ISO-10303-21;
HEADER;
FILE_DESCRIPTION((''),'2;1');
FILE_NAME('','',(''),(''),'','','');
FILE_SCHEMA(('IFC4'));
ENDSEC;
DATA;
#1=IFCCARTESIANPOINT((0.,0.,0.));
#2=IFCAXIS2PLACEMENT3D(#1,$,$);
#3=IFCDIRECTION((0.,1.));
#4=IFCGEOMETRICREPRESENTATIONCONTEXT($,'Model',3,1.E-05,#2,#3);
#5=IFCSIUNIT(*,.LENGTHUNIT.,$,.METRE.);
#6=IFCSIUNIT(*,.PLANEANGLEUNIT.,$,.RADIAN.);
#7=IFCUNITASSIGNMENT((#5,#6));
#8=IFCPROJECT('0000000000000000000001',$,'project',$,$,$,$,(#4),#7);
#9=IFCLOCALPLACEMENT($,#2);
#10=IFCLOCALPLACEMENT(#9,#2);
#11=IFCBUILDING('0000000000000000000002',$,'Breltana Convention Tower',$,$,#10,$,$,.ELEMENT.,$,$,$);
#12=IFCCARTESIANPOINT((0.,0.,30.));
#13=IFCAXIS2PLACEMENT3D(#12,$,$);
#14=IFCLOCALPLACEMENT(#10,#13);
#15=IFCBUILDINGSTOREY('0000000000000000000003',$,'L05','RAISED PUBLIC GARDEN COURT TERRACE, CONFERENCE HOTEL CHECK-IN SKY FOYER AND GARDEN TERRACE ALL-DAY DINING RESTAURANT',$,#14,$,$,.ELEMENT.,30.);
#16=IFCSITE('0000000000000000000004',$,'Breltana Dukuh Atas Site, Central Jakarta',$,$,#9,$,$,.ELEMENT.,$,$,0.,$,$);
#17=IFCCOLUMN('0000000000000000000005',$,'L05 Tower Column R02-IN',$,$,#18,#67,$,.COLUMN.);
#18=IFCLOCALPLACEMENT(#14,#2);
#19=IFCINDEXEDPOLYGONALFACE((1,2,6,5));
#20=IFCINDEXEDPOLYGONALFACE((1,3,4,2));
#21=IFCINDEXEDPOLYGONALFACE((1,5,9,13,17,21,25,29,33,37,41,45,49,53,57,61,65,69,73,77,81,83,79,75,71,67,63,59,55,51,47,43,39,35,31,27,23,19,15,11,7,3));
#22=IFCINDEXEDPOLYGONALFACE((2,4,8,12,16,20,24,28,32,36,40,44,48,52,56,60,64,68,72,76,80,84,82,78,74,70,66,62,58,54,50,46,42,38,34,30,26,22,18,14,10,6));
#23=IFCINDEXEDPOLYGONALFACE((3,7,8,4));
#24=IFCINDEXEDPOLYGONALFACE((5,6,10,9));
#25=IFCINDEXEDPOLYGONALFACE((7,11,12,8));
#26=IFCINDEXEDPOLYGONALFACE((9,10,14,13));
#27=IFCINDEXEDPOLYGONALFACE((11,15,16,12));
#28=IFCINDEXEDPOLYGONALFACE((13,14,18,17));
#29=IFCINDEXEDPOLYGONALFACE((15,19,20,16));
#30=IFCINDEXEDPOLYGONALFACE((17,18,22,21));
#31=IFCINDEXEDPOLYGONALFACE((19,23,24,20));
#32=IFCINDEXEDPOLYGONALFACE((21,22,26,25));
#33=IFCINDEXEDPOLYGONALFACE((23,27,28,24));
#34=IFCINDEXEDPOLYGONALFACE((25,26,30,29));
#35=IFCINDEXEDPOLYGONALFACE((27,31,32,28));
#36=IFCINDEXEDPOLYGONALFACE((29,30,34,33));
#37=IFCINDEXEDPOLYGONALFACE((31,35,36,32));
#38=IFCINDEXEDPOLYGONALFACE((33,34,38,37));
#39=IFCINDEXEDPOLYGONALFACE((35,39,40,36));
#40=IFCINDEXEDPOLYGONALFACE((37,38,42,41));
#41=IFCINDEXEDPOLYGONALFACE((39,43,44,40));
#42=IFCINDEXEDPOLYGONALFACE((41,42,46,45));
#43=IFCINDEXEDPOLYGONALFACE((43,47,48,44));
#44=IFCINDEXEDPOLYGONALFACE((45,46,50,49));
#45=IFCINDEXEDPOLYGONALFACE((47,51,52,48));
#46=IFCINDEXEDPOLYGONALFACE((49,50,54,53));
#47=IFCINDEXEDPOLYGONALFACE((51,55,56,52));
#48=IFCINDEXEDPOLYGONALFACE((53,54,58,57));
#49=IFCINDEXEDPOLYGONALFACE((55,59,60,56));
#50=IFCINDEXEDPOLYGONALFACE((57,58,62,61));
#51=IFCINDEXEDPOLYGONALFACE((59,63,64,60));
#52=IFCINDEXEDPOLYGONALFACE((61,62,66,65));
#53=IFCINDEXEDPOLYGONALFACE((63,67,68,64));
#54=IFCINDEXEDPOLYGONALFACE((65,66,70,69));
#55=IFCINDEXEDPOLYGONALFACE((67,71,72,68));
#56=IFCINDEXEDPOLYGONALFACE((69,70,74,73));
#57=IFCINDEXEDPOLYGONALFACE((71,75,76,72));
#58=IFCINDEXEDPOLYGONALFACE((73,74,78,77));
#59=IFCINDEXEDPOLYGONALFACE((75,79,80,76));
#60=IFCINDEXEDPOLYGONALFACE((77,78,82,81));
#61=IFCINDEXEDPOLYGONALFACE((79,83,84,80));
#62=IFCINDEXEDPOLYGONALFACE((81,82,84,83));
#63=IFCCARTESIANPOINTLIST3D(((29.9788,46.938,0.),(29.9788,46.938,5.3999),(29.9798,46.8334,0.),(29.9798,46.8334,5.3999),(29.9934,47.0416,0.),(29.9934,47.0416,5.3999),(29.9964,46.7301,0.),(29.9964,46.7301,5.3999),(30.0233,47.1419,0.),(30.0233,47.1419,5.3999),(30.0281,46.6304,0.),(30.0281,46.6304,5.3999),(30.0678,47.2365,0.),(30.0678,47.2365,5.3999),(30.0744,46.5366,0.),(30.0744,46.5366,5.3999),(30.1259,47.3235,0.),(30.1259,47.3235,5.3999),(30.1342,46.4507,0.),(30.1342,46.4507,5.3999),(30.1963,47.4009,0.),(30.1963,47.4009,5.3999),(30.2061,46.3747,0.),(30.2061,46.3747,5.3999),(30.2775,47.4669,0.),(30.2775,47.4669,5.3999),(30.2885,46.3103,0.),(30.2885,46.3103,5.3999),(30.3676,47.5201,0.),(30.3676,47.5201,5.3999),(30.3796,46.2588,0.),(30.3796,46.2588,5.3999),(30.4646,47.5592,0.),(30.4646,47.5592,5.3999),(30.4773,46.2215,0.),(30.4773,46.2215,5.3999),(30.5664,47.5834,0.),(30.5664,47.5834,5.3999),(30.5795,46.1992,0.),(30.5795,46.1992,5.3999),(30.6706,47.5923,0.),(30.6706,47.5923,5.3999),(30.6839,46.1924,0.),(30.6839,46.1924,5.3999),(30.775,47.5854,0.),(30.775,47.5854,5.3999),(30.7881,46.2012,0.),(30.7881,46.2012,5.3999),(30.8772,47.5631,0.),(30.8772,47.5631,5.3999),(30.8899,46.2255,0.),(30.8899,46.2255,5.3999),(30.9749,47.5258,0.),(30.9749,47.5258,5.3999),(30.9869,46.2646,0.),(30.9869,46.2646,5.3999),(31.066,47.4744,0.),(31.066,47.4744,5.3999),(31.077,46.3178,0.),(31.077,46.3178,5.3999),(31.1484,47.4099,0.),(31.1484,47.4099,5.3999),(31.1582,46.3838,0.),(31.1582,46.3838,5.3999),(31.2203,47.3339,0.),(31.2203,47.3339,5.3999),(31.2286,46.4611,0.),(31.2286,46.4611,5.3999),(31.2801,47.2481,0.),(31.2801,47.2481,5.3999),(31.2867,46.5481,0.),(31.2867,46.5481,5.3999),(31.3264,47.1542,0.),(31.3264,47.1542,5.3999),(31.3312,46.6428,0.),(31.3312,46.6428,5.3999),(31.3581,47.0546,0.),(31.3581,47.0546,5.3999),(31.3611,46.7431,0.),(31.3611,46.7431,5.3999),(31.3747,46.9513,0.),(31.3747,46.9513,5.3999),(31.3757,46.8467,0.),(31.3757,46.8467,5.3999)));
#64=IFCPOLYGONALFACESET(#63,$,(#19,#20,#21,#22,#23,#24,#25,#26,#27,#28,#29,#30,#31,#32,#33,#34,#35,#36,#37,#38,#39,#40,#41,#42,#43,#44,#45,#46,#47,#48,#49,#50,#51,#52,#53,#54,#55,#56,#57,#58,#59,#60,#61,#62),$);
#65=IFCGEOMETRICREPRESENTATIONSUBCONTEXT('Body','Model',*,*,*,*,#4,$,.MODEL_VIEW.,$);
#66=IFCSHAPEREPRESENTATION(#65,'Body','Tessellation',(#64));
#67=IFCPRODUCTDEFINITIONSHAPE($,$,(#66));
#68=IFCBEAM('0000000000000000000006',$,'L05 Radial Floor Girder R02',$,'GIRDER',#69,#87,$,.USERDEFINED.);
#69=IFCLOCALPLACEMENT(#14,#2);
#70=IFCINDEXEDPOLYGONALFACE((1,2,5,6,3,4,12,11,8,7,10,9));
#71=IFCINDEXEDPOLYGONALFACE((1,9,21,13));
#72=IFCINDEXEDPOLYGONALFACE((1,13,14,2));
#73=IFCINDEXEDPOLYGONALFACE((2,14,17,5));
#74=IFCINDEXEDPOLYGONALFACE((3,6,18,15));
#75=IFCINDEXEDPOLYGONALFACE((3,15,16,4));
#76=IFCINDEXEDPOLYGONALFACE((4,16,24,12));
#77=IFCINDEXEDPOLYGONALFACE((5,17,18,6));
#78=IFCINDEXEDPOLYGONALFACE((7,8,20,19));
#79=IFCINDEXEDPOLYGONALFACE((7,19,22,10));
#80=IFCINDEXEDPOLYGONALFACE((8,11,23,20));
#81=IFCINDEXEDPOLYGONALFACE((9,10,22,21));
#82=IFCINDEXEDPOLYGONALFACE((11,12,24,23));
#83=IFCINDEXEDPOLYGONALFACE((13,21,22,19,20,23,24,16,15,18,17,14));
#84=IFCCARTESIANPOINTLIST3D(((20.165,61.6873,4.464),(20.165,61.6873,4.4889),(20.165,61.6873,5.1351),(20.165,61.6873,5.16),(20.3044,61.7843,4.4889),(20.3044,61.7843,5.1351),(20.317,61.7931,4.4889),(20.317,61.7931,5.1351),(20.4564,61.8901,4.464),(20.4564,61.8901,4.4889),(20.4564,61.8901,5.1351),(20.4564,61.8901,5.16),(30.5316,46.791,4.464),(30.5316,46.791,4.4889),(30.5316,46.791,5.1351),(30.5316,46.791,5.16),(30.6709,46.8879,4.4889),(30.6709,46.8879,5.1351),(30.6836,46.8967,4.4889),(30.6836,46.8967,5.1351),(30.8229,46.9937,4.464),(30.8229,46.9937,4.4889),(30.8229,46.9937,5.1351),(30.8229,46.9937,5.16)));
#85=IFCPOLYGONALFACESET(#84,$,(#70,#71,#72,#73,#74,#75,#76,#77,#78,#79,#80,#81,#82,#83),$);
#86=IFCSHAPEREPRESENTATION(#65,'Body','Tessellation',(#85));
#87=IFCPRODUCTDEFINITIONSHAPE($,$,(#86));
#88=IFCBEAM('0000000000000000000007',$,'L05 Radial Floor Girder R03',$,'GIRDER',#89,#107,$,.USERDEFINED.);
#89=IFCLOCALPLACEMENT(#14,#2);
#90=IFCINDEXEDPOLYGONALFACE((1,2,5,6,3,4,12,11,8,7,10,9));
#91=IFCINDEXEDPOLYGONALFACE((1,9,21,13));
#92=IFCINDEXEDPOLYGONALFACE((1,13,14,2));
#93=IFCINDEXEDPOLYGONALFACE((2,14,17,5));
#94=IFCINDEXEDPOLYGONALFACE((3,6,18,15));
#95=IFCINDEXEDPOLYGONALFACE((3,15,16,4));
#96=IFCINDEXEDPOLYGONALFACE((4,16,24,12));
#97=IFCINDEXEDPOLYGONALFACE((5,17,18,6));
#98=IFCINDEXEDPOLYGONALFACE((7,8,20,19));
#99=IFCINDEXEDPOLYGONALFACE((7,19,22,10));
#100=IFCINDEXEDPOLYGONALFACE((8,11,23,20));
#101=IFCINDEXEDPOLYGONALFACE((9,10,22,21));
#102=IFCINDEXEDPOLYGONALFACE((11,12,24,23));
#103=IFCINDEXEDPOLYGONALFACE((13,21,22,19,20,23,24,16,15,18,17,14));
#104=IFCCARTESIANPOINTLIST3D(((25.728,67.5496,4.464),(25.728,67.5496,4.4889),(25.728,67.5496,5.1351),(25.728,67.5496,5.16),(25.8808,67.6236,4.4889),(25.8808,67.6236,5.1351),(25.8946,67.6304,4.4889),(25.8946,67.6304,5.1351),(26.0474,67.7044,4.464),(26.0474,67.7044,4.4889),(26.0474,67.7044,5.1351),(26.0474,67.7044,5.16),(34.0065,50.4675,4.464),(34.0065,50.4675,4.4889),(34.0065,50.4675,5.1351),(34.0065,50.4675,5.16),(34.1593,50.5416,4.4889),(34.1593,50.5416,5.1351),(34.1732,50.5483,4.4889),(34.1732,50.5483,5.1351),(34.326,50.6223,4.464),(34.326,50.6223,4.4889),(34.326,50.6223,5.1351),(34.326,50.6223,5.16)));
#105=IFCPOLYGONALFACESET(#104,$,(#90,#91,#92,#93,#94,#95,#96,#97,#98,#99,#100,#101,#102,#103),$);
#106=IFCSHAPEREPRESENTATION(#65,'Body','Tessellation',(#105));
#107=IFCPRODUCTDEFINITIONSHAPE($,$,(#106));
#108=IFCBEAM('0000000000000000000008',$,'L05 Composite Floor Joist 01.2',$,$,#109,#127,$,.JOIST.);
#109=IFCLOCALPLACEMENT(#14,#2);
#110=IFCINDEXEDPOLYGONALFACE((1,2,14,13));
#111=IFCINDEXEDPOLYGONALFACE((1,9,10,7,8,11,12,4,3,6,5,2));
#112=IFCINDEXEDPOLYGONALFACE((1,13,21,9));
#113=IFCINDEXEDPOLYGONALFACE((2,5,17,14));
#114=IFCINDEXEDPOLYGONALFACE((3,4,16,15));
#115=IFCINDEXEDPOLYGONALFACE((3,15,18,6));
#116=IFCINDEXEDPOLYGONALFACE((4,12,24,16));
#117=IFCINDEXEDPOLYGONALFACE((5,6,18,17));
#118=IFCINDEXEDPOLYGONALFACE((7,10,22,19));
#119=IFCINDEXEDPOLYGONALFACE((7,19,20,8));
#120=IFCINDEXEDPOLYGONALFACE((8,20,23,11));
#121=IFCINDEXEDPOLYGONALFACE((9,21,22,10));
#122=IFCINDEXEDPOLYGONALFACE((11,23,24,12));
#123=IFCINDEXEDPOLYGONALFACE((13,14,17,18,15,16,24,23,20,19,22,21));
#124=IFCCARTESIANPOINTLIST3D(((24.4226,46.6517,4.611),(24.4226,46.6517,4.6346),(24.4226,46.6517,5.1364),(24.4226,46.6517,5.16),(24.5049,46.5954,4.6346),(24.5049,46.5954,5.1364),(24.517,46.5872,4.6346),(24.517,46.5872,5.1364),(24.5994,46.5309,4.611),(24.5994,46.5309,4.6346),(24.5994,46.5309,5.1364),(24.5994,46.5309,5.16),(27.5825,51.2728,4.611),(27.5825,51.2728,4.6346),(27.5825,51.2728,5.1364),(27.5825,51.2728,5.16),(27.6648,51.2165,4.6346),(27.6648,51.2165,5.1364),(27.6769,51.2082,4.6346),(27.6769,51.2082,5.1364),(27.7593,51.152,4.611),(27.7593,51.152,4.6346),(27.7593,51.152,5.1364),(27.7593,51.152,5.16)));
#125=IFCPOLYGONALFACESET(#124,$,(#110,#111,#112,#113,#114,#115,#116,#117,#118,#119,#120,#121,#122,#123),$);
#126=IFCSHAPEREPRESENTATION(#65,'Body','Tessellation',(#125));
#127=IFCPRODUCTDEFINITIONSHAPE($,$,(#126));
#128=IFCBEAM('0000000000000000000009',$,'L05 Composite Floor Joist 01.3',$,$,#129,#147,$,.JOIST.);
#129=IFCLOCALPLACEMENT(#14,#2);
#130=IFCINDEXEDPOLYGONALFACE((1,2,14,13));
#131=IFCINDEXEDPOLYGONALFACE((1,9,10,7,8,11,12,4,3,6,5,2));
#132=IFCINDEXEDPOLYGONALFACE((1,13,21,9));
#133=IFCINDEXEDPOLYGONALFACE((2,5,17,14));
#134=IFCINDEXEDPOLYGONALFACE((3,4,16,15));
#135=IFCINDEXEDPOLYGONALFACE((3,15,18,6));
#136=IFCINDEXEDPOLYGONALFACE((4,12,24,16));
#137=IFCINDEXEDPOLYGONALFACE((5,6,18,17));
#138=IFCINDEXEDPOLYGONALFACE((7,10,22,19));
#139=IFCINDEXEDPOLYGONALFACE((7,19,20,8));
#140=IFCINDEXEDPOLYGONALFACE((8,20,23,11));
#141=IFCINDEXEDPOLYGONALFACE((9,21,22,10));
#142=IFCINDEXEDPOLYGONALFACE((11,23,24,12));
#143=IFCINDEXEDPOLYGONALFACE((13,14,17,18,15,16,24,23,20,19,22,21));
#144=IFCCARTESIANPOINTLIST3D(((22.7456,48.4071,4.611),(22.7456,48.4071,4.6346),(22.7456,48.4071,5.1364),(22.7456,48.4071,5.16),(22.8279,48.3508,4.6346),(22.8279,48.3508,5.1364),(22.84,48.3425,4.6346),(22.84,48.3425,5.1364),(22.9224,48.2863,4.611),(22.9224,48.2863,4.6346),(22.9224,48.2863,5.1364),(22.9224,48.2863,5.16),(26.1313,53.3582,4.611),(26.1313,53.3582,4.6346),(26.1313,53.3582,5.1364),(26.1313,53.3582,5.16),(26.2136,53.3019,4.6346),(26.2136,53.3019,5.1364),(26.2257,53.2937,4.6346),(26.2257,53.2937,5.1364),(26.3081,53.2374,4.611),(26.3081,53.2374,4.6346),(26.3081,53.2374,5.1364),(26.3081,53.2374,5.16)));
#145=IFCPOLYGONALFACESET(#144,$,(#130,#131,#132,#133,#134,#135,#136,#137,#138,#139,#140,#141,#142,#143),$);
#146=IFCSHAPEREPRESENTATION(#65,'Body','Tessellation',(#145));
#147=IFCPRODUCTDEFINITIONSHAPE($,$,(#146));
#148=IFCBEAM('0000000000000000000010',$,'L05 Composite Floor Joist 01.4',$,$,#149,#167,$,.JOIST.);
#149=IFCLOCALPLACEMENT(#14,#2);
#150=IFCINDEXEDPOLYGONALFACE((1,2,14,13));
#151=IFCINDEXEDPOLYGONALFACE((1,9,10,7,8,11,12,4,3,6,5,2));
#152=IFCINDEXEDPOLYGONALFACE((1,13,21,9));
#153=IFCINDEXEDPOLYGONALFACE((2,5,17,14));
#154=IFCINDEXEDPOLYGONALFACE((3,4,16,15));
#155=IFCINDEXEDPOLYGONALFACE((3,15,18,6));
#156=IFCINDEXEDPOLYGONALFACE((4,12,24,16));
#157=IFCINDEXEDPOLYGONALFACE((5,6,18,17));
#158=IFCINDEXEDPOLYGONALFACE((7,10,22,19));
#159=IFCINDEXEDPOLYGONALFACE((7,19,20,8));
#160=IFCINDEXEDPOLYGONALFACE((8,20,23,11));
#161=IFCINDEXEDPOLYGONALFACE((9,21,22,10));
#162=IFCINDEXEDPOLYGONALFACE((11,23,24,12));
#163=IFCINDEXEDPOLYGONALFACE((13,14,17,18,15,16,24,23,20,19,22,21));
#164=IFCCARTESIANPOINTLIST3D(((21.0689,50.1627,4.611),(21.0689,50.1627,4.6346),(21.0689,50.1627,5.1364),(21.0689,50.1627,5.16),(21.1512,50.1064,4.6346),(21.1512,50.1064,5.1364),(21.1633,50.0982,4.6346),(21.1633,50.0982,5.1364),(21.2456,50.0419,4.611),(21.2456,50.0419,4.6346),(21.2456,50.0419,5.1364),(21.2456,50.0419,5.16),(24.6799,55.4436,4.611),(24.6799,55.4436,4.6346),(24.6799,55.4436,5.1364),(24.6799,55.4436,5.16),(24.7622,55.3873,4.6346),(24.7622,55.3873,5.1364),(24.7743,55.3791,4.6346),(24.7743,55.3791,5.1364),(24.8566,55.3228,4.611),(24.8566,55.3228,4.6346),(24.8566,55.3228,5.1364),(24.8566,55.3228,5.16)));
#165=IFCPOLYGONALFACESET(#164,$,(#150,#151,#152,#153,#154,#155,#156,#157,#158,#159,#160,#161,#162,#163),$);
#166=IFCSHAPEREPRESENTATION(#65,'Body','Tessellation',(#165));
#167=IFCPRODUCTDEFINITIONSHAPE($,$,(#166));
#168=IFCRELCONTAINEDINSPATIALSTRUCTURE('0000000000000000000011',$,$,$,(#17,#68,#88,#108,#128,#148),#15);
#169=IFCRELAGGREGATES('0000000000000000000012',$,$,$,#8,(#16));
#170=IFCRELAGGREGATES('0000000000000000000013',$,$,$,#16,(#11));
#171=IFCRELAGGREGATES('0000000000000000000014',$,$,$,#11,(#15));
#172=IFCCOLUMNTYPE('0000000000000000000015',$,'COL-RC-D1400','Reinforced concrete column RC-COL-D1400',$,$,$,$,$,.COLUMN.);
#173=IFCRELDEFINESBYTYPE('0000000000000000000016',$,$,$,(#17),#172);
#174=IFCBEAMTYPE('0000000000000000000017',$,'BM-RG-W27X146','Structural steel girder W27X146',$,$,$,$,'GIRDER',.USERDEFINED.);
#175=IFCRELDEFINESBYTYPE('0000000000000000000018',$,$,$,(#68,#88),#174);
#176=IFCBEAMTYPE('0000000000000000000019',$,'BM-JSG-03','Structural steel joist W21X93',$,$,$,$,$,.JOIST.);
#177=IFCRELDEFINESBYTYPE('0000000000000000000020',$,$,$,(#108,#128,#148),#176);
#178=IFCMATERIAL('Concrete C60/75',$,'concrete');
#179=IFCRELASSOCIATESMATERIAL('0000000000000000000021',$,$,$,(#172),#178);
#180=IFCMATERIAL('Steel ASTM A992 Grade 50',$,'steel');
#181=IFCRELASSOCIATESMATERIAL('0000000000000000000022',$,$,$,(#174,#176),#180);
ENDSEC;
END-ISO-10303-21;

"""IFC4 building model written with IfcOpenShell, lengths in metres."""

from ifc_helpers import new_model, si_unit, direction, frame, origin, origin_2d, place, context, subcontext, project, spatial, circle, i_section, extrude, source, transform, mapped, material, material_profile, profile_set, type_object, type_shapes, element, save


model = new_model("IFC4")

# Units and contexts
model_context = context("Model", 3, precision=1e-05, world=origin(), true_north=direction((0.0, 1.0)))
body_context = subcontext(model_context, "Body", "Model", "MODEL_VIEW")
ifc_project = project(units=[si_unit("LENGTHUNIT", "METRE"), si_unit("PLANEANGLEUNIT", "RADIAN")], contexts=[model_context])

# Site, building, storey
site_placement = place(None, origin())
site = spatial("IfcSite", under=ifc_project, at=site_placement, Name="Breltana Dukuh Atas Site, Central Jakarta", CompositionType="ELEMENT", RefElevation=0.0)
building_placement = place(site_placement, origin())
building = spatial("IfcBuilding", under=site, at=building_placement, Name="Breltana Convention Tower", CompositionType="ELEMENT")
storey_placement = place(building_placement, frame((0.0, 0.0, 30.0)))
storey = spatial("IfcBuildingStorey", under=building, at=storey_placement, Name="L05", Description="RAISED PUBLIC GARDEN COURT TERRACE, CONFERENCE HOTEL CHECK-IN SKY FOYER AND GARDEN TERRACE ALL-DAY DINING RESTAURANT", CompositionType="ELEMENT", Elevation=30.0)

# Column
ifc_material_1 = material(Name="Concrete C60/75", Category="concrete")
ifc_material_profile_1 = material_profile(ifc_material_1, circle(Radius=0.7, at=origin_2d()), Name="RC-COL-D1400")
ifc_profile_set_1 = profile_set([ifc_material_profile_1], Name="Concrete C60/75")
column_type = type_object("IfcColumnType", Name="COL-RC-D1400", Description="Reinforced concrete column RC-COL-D1400", PredefinedType="COLUMN", material=ifc_profile_set_1)
shared_shape_1 = source(origin(), body_context, "Body", "SweptSolid", [
    extrude(circle(Radius=0.7, at=origin_2d()), origin(), (0.0, 0.0, 1.0), 5.3999),
])
type_shapes(column_type, [shared_shape_1])
for number, where, z_axis, x_axis, name in (
    (1, (30.6772, 46.8923, 0.0), (0.0, 0.0, 1.0), (-0.571143, 0.82085, 0.0), "L05 Tower Column R02-IN"),
):
    element("IfcColumn", number, at=place(storey_placement, frame(where, z_axis=z_axis, x_axis=x_axis)), inside=storey, type_object=column_type, Name=name, PredefinedType="COLUMN", context=body_context, shape_type="MappedRepresentation", body=[
        mapped(shared_shape_1, transform((0.0, 0.0, 0.0), scale=1.0)),
    ])

# Beams
ifc_material_2 = material(Name="Steel ASTM A992 Grade 50", Category="steel")
ifc_material_profile_2 = material_profile(ifc_material_2, i_section(OverallWidth=0.355, OverallDepth=0.696, WebThickness=0.0154, FlangeThickness=0.0249, at=origin_2d()), Name="W27X146")
ifc_profile_set_2 = profile_set([ifc_material_profile_2], Name="Steel ASTM A992 Grade 50")
beam_type_1 = type_object("IfcBeamType", Name="BM-RG-W27X146", Description="Structural steel girder W27X146", ElementType="GIRDER", PredefinedType="USERDEFINED", material=ifc_profile_set_2)
shared_shape_2 = source(origin(), body_context, "Body", "SweptSolid", [
    extrude(i_section(OverallWidth=0.355, OverallDepth=0.696, WebThickness=0.0154, FlangeThickness=0.0249, at=origin_2d()), origin(), (0.0, 0.0, 1.0), 18.1484),
])
beam_1_placement = place(storey_placement, frame((30.6772, 46.8923, 4.812), z_axis=(-0.571208, 0.820806, 0.0), x_axis=(-0.820806, -0.571208, 0.0)))
element("IfcBeam", 2, at=beam_1_placement, inside=storey, type_object=beam_type_1, Name="L05 Radial Floor Girder R02", ObjectType="GIRDER", PredefinedType="USERDEFINED", context=body_context, shape_type="MappedRepresentation", body=[
    mapped(shared_shape_2, transform((0.0, 0.0, 0.0), scale=1.0)),
])
shared_shape_3 = source(origin(), body_context, "Body", "SweptSolid", [
    extrude(i_section(OverallWidth=0.355, OverallDepth=0.696, WebThickness=0.0154, FlangeThickness=0.0249, at=origin_2d()), origin(), (0.0, 0.0, 1.0), 18.9824),
])
beam_2_placement = place(storey_placement, frame((34.1663, 50.5449, 4.812), z_axis=(-0.436119, 0.899889, 0.0), x_axis=(-0.899889, -0.436119, 0.0)))
element("IfcBeam", 3, at=beam_2_placement, inside=storey, type_object=beam_type_1, Name="L05 Radial Floor Girder R03", ObjectType="GIRDER", PredefinedType="USERDEFINED", context=body_context, shape_type="MappedRepresentation", body=[
    mapped(shared_shape_3, transform((0.0, 0.0, 0.0), scale=1.0)),
])
ifc_material_profile_3 = material_profile(ifc_material_2, i_section(OverallWidth=0.2141, OverallDepth=0.5491, WebThickness=0.0146, FlangeThickness=0.0237, at=origin_2d()), Name="W21X93")
ifc_profile_set_3 = profile_set([ifc_material_profile_3], Name="Steel ASTM A992 Grade 50")
beam_type_2 = type_object("IfcBeamType", Name="BM-JSG-03", Description="Structural steel joist W21X93", PredefinedType="JOIST", material=ifc_profile_set_3)
shared_shape_4 = source(origin(), body_context, "Body", "SweptSolid", [
    extrude(i_section(OverallWidth=0.2141, OverallDepth=0.5491, WebThickness=0.0146, FlangeThickness=0.0237, at=origin_2d()), origin(), (0.0, 0.0, 1.0), 5.5981),
])
beam_3_placement = place(storey_placement, frame((24.511, 46.5913, 4.8855), z_axis=(0.564454, 0.825464, 0.0), x_axis=(-0.825464, 0.564454, 0.0)))
element("IfcBeam", 4, at=beam_3_placement, inside=storey, type_object=beam_type_2, Name="L05 Composite Floor Joist 01.2", PredefinedType="JOIST", context=body_context, shape_type="MappedRepresentation", body=[
    mapped(shared_shape_4, transform((0.0, 0.0, 0.0), scale=1.0)),
])
shared_shape_5 = source(origin(), body_context, "Body", "SweptSolid", [
    extrude(i_section(OverallWidth=0.2141, OverallDepth=0.5491, WebThickness=0.0146, FlangeThickness=0.0237, at=origin_2d()), origin(), (0.0, 0.0, 1.0), 5.998),
])
beam_4_placement = place(storey_placement, frame((22.834, 48.3467, 4.8855), z_axis=(0.564468, 0.825455, 0.0), x_axis=(-0.825455, 0.564468, 0.0)))
element("IfcBeam", 5, at=beam_4_placement, inside=storey, type_object=beam_type_2, Name="L05 Composite Floor Joist 01.3", PredefinedType="JOIST", context=body_context, shape_type="MappedRepresentation", body=[
    mapped(shared_shape_5, transform((0.0, 0.0, 0.0), scale=1.0)),
])
shared_shape_6 = source(origin(), body_context, "Body", "SweptSolid", [
    extrude(i_section(OverallWidth=0.2141, OverallDepth=0.5491, WebThickness=0.0146, FlangeThickness=0.0237, at=origin_2d()), origin(), (0.0, 0.0, 1.0), 6.3975),
])
beam_5_placement = place(storey_placement, frame((21.1572, 50.1023, 4.8855), z_axis=(0.564446, 0.82547, 0.0), x_axis=(-0.82547, 0.564446, 0.0)))
element("IfcBeam", 6, at=beam_5_placement, inside=storey, type_object=beam_type_2, Name="L05 Composite Floor Joist 01.4", PredefinedType="JOIST", context=body_context, shape_type="MappedRepresentation", body=[
    mapped(shared_shape_6, transform((0.0, 0.0, 0.0), scale=1.0)),
])

save(model, "model.ifc")
